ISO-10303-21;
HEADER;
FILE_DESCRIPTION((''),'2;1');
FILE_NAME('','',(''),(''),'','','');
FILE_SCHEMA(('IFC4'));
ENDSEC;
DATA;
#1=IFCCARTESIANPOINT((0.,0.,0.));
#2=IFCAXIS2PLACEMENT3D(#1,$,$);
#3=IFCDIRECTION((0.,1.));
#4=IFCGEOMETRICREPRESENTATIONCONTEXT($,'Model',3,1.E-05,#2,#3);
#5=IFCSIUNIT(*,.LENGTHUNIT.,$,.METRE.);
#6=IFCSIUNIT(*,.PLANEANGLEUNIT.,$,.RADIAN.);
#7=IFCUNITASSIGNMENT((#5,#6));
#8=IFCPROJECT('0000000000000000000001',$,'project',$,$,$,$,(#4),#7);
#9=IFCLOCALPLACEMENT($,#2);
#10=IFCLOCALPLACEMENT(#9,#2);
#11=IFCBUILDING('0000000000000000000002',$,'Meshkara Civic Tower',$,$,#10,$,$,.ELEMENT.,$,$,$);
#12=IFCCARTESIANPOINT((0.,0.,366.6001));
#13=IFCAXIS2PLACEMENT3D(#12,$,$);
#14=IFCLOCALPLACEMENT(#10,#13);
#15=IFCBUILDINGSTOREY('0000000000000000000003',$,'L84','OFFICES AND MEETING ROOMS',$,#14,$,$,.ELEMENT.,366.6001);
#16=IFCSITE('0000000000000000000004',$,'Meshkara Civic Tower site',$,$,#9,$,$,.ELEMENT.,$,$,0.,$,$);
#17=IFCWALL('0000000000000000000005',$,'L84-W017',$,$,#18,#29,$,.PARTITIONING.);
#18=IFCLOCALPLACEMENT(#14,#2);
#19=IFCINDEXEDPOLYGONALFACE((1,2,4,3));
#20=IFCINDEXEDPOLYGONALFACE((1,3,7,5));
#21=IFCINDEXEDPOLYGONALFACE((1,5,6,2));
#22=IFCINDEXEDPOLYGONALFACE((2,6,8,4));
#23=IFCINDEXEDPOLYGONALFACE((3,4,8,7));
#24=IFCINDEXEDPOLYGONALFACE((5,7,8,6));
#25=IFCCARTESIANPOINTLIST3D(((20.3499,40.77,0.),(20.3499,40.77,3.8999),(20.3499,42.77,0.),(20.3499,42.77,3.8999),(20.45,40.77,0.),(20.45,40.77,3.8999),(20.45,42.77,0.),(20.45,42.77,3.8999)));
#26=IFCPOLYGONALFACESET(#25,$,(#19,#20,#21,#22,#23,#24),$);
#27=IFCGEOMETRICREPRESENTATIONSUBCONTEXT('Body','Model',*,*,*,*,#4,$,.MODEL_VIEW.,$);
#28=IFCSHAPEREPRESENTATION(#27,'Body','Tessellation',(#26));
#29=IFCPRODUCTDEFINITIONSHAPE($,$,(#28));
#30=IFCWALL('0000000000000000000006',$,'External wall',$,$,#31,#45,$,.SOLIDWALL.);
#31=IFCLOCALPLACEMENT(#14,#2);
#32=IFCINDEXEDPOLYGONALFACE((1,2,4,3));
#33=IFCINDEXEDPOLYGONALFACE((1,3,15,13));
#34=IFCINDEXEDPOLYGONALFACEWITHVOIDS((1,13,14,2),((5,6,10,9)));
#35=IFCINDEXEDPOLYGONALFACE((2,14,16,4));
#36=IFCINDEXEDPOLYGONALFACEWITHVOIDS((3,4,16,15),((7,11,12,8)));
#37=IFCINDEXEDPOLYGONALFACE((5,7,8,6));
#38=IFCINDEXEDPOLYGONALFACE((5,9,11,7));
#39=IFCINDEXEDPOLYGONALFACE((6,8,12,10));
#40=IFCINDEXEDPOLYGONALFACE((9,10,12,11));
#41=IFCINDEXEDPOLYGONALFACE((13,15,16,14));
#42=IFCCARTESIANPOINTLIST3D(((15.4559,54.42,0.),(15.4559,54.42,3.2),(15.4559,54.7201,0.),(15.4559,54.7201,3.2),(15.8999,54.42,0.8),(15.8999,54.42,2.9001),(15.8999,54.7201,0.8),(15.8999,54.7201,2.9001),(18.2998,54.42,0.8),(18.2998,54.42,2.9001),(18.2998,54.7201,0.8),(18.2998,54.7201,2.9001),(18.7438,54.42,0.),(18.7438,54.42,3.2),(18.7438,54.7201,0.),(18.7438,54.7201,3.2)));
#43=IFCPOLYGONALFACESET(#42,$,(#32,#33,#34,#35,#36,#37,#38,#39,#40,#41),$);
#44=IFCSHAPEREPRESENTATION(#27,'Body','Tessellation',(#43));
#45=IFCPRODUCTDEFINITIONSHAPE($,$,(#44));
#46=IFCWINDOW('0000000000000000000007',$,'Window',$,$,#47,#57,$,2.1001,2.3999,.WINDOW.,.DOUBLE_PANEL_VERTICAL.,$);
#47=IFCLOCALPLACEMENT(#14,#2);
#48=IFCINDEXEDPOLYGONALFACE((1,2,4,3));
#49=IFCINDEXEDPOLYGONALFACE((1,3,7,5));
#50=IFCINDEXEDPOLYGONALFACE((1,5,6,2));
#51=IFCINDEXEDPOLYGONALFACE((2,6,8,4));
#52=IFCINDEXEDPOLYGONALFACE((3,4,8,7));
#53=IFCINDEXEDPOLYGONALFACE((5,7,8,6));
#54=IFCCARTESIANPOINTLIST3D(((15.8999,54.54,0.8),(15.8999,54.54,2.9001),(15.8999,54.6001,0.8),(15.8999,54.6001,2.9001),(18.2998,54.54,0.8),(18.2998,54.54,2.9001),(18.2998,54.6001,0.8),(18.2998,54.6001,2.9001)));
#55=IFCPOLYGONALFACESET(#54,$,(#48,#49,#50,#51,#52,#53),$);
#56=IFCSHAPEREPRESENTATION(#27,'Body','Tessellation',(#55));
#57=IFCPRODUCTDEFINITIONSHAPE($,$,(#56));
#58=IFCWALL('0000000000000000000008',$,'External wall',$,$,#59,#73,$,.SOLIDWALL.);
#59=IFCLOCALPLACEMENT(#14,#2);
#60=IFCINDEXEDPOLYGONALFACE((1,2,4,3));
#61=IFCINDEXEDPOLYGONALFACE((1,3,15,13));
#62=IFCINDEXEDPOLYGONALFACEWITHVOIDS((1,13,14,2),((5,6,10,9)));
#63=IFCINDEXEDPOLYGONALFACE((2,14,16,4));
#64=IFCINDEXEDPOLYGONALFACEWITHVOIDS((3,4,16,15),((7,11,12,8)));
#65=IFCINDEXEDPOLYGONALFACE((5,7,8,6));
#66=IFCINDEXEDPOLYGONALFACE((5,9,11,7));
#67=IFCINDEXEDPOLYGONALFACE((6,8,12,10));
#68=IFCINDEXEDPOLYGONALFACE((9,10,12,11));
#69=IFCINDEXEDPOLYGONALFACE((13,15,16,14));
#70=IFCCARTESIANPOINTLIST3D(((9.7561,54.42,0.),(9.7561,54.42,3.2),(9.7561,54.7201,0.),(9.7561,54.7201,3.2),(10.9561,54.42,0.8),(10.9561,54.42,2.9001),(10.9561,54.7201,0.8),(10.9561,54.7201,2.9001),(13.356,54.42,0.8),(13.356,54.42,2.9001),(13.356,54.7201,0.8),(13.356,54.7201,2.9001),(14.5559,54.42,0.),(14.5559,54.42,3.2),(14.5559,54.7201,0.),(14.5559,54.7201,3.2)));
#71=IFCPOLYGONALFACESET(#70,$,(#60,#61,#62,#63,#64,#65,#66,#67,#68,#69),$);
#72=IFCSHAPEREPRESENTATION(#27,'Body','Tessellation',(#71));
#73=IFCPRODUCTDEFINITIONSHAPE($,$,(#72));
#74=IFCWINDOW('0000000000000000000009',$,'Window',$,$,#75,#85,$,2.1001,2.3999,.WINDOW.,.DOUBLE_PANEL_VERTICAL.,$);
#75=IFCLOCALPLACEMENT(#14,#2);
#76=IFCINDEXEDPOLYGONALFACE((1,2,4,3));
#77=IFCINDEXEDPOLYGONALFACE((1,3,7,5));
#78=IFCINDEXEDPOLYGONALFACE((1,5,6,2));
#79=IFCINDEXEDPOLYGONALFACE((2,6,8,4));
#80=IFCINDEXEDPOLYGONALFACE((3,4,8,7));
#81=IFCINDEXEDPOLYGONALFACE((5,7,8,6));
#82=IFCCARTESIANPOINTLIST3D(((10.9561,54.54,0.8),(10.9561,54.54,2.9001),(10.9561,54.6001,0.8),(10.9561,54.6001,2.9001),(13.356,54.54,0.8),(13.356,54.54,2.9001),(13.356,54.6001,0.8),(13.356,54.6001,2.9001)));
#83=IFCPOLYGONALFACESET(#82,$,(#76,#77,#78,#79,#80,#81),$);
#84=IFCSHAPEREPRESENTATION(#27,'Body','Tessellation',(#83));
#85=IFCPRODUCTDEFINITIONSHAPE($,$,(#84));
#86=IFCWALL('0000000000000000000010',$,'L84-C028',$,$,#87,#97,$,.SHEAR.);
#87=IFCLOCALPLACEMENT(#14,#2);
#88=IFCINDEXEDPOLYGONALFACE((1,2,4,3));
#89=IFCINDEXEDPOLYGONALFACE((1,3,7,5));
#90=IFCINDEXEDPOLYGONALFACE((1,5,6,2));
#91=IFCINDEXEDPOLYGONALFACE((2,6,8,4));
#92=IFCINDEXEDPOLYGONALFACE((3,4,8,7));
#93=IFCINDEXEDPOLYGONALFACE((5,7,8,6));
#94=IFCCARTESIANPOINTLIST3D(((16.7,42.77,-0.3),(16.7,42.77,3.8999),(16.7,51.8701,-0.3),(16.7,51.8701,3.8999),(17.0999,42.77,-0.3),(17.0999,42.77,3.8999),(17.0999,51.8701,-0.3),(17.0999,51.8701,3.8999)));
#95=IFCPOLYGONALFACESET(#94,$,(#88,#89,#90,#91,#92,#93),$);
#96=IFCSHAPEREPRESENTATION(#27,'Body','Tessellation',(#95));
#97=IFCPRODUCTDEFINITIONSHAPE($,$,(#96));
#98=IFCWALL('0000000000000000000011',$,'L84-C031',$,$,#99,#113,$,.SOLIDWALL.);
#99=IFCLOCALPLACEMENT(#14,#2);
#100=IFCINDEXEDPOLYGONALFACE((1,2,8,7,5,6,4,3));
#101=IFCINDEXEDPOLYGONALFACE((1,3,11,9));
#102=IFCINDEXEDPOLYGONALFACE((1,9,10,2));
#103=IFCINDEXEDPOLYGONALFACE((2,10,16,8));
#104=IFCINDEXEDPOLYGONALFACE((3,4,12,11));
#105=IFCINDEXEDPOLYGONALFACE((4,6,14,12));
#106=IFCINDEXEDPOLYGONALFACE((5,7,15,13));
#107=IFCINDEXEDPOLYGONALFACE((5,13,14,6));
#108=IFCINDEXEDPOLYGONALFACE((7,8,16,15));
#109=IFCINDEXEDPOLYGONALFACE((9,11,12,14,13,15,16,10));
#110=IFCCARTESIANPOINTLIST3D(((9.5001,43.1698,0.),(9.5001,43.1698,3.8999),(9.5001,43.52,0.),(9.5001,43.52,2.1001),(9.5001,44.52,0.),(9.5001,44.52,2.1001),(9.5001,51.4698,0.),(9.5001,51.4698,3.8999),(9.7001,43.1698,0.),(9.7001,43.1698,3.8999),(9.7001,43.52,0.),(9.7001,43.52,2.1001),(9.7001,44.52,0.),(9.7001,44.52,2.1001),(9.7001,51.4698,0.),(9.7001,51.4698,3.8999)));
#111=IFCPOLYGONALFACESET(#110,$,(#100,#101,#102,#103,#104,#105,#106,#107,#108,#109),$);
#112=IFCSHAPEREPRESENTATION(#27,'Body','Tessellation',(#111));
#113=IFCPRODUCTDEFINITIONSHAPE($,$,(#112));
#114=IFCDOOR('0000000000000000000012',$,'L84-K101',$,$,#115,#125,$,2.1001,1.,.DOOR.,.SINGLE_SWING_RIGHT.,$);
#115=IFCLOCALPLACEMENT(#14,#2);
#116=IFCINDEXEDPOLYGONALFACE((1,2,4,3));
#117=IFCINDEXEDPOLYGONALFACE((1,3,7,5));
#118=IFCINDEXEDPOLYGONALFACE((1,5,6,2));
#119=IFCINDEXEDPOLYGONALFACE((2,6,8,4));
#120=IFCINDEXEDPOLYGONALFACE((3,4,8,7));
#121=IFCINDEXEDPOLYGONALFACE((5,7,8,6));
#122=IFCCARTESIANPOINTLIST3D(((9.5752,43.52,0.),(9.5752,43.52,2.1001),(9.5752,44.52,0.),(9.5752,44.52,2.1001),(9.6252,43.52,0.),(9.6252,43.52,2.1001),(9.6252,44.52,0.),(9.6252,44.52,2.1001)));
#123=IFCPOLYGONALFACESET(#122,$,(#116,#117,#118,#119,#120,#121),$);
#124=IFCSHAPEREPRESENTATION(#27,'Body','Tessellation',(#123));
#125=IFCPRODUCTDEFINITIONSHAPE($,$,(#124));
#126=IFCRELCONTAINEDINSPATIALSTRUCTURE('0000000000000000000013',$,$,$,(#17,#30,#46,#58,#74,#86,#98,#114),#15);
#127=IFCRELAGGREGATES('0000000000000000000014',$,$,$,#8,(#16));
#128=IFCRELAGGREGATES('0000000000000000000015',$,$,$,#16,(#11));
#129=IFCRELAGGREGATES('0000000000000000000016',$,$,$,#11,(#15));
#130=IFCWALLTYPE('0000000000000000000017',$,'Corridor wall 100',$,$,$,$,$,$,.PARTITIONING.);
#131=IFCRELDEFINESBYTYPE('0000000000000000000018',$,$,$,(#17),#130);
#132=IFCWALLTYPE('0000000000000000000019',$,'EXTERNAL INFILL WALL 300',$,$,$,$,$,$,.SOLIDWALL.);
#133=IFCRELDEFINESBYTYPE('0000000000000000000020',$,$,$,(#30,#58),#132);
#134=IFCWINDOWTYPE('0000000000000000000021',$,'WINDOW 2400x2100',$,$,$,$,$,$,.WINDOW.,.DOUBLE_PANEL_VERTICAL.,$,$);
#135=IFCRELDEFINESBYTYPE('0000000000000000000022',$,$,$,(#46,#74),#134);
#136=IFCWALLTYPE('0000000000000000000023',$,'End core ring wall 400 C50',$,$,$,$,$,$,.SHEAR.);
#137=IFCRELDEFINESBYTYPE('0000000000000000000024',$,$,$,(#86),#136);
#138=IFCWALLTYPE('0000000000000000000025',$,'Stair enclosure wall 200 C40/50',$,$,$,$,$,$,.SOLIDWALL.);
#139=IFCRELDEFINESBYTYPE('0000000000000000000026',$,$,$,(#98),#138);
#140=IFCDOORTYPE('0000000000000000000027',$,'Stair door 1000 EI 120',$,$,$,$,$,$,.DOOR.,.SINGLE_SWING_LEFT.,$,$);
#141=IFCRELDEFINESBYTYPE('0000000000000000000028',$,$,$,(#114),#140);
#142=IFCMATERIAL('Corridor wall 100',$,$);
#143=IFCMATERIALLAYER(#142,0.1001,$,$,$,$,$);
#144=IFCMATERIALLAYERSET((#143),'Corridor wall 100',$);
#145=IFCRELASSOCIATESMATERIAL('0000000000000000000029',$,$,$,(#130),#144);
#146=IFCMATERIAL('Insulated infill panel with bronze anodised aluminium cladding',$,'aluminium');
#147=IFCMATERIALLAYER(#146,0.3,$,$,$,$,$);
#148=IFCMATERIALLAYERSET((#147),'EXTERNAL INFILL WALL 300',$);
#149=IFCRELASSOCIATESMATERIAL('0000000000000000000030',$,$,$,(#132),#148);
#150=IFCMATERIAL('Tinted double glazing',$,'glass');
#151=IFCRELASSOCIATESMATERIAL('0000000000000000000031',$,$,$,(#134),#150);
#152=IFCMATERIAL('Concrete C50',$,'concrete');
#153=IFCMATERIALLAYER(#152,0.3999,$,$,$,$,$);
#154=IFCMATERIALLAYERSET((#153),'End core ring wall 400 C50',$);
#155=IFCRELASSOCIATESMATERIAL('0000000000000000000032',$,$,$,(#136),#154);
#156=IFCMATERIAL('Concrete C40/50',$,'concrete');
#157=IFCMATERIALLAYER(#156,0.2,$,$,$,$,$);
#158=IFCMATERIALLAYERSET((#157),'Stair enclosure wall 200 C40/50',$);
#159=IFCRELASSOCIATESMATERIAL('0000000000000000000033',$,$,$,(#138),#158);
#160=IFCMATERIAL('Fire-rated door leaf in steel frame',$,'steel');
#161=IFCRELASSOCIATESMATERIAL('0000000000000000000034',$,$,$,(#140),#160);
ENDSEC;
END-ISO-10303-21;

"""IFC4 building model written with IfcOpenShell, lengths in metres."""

from ifc_helpers import new_model, si_unit, direction, frame, frame_2d, origin, place, context, subcontext, project, spatial, rectangle, extrude, material, layer, layer_set, type_object, element, fill, save


model = new_model("IFC4")

# Units and contexts
model_context = context("Model", 3, precision=1e-05, world=origin(), true_north=direction((0.0, 1.0)))
body_context = subcontext(model_context, "Body", "Model", "MODEL_VIEW")
ifc_project = project(units=[si_unit("LENGTHUNIT", "METRE"), si_unit("PLANEANGLEUNIT", "RADIAN")], contexts=[model_context])

# Site, building, storey
site_placement = place(None, origin())
site = spatial("IfcSite", under=ifc_project, at=site_placement, Name="Meshkara Civic Tower site", CompositionType="ELEMENT", RefElevation=0.0)
building_placement = place(site_placement, origin())
building = spatial("IfcBuilding", under=site, at=building_placement, Name="Meshkara Civic Tower", CompositionType="ELEMENT")
storey_placement = place(building_placement, frame((0.0, 0.0, 366.6001)))
storey = spatial("IfcBuildingStorey", under=building, at=storey_placement, Name="L84", Description="OFFICES AND MEETING ROOMS", CompositionType="ELEMENT", Elevation=366.6001)

# Shared definitions
ifc_material_1 = material(Name="Corridor wall 100")
ifc_layer_1 = layer(ifc_material_1, 0.1001)
ifc_layer_set_1 = layer_set([ifc_layer_1], Name="Corridor wall 100")
wall_type_1 = type_object("IfcWallType", Name="Corridor wall 100", PredefinedType="PARTITIONING", material=ifc_layer_set_1)

# Wall
wall_1_placement = place(storey_placement, frame((20.3999, 40.77, 0.0), z_axis=(0.0, 0.0, 1.0), x_axis=(0.0, 1.0, 0.0)))
element("IfcWall", 1, at=wall_1_placement, inside=storey, type_object=wall_type_1, Name="L84-W017", PredefinedType="PARTITIONING", context=body_context, shape_type="SweptSolid", body=[
    extrude(rectangle(XDim=2.0, YDim=0.1001, at=frame_2d((1.0, 0.0))), origin(), (0.0, 0.0, 1.0), 3.8999),
])

# Walls, openings, windows
ifc_material_2 = material(Name="Insulated infill panel with bronze anodised aluminium cladding", Category="aluminium")
ifc_layer_2 = layer(ifc_material_2, 0.3)
ifc_layer_set_2 = layer_set([ifc_layer_2], Name="EXTERNAL INFILL WALL 300")
wall_type_2 = type_object("IfcWallType", Name="EXTERNAL INFILL WALL 300", PredefinedType="SOLIDWALL", material=ifc_layer_set_2)
wall_2_placement = place(storey_placement, frame((18.7439, 54.5701, 0.0), z_axis=(0.0, 0.0, 1.0), x_axis=(-1.0, 0.0, 0.0)))
wall_2 = element("IfcWall", 2, at=wall_2_placement, inside=storey, type_object=wall_type_2, Name="External wall", PredefinedType="SOLIDWALL", context=body_context, shape_type="SweptSolid", body=[
    extrude(rectangle(XDim=3.2878, YDim=0.3, at=frame_2d((1.644, 0.0))), origin(), (0.0, 0.0, 1.0), 3.2),
])
opening_1_placement = place(wall_2_placement, frame((0.4441, 0.0, 0.8)))
opening_1 = element("IfcOpeningElement", 3, at=opening_1_placement, cuts=wall_2, PredefinedType="OPENING", context=body_context, shape_type="SweptSolid", body=[
    extrude(rectangle(XDim=2.3999, YDim=2.1001, at=frame_2d((1.2, 1.05))), frame((0.0, 0.1599, 0.0), z_axis=(0.0, -1.0, 0.0), x_axis=(1.0, 0.0, 0.0)), (0.0, 0.0, 1.0), 0.3201),
])
ifc_material_3 = material(Name="Tinted double glazing", Category="glass")
window_type = type_object("IfcWindowType", Name="WINDOW 2400x2100", PartitioningType="DOUBLE_PANEL_VERTICAL", PredefinedType="WINDOW", material=ifc_material_3)
window_1_placement = place(opening_1_placement, origin())
window_1 = element("IfcWindow", 4, at=window_1_placement, inside=storey, type_object=window_type, Name="Window", OverallHeight=2.1001, OverallWidth=2.3999, PartitioningType="DOUBLE_PANEL_VERTICAL", PredefinedType="WINDOW", context=body_context, shape_type="SweptSolid", body=[
    extrude(rectangle(XDim=2.3999, YDim=2.1001, at=frame_2d((1.2, 1.05))), frame((0.0, 0.03, 0.0), z_axis=(0.0, -1.0, 0.0), x_axis=(1.0, 0.0, 0.0)), (0.0, 0.0, 1.0), 0.0601),
])
fill(opening_1, window_1)
wall_3_placement = place(storey_placement, frame((14.5559, 54.5701, 0.0), z_axis=(0.0, 0.0, 1.0), x_axis=(-1.0, 0.0, 0.0)))
wall_3 = element("IfcWall", 5, at=wall_3_placement, inside=storey, type_object=wall_type_2, Name="External wall", PredefinedType="SOLIDWALL", context=body_context, shape_type="SweptSolid", body=[
    extrude(rectangle(XDim=4.7998, YDim=0.3, at=frame_2d((2.3999, 0.0))), origin(), (0.0, 0.0, 1.0), 3.2),
])
opening_2_placement = place(wall_3_placement, frame((1.2, 0.0, 0.8)))
opening_2 = element("IfcOpeningElement", 6, at=opening_2_placement, cuts=wall_3, PredefinedType="OPENING", context=body_context, shape_type="SweptSolid", body=[
    extrude(rectangle(XDim=2.3999, YDim=2.1001, at=frame_2d((1.2, 1.05))), frame((0.0, 0.1599, 0.0), z_axis=(0.0, -1.0, 0.0), x_axis=(1.0, 0.0, 0.0)), (0.0, 0.0, 1.0), 0.3201),
])
window_2_placement = place(opening_2_placement, origin())
window_2 = element("IfcWindow", 7, at=window_2_placement, inside=storey, type_object=window_type, Name="Window", OverallHeight=2.1001, OverallWidth=2.3999, PartitioningType="DOUBLE_PANEL_VERTICAL", PredefinedType="WINDOW", context=body_context, shape_type="SweptSolid", body=[
    extrude(rectangle(XDim=2.3999, YDim=2.1001, at=frame_2d((1.2, 1.05))), frame((0.0, 0.03, 0.0), z_axis=(0.0, -1.0, 0.0), x_axis=(1.0, 0.0, 0.0)), (0.0, 0.0, 1.0), 0.0601),
])
fill(opening_2, window_2)

# Wall
ifc_material_4 = material(Name="Concrete C50", Category="concrete")
ifc_layer_3 = layer(ifc_material_4, 0.3999)
ifc_layer_set_3 = layer_set([ifc_layer_3], Name="End core ring wall 400 C50")
wall_type_3 = type_object("IfcWallType", Name="End core ring wall 400 C50", PredefinedType="SHEAR", material=ifc_layer_set_3)
wall_4_placement = place(storey_placement, frame((16.8999, 42.77, -0.3), z_axis=(0.0, 0.0, 1.0), x_axis=(0.0, 1.0, 0.0)))
element("IfcWall", 8, at=wall_4_placement, inside=storey, type_object=wall_type_3, Name="L84-C028", PredefinedType="SHEAR", context=body_context, shape_type="SweptSolid", body=[
    extrude(rectangle(XDim=9.1001, YDim=0.3999, at=frame_2d((4.55, 0.0))), origin(), (0.0, 0.0, 1.0), 4.2),
])

# Wall, opening, door
ifc_material_5 = material(Name="Concrete C40/50", Category="concrete")
ifc_layer_4 = layer(ifc_material_5, 0.2)
ifc_layer_set_4 = layer_set([ifc_layer_4], Name="Stair enclosure wall 200 C40/50")
wall_type_4 = type_object("IfcWallType", Name="Stair enclosure wall 200 C40/50", PredefinedType="SOLIDWALL", material=ifc_layer_set_4)
wall_5_placement = place(storey_placement, frame((9.6001, 43.1699, 0.0), z_axis=(0.0, 0.0, 1.0), x_axis=(0.0, 1.0, 0.0)))
wall_5 = element("IfcWall", 9, at=wall_5_placement, inside=storey, type_object=wall_type_4, Name="L84-C031", PredefinedType="SOLIDWALL", context=body_context, shape_type="SweptSolid", body=[
    extrude(rectangle(XDim=8.3, YDim=0.2, at=frame_2d((4.1499, 0.0))), origin(), (0.0, 0.0, 1.0), 3.8999),
])
opening_3_placement = place(wall_5_placement, frame((0.3501, 0.0, 0.0)))
opening_3 = element("IfcOpeningElement", 10, at=opening_3_placement, cuts=wall_5, PredefinedType="OPENING", context=body_context, shape_type="SweptSolid", body=[
    extrude(rectangle(XDim=1.0, YDim=2.1001, at=frame_2d((0.5, 1.05))), frame((0.0, 0.1099, 0.0), z_axis=(0.0, -1.0, 0.0), x_axis=(1.0, 0.0, 0.0)), (0.0, 0.0, 1.0), 0.22),
])
ifc_material_6 = material(Name="Fire-rated door leaf in steel frame", Category="steel")
door_type_1 = type_object("IfcDoorType", Name="Stair door 1000 EI 120", OperationType="SINGLE_SWING_LEFT", PredefinedType="DOOR", material=ifc_material_6)
door_1_placement = place(opening_3_placement, origin())
door_1 = element("IfcDoor", 11, at=door_1_placement, inside=storey, type_object=door_type_1, Name="L84-K101", OperationType="SINGLE_SWING_RIGHT", OverallHeight=2.1001, OverallWidth=1.0, PredefinedType="DOOR", context=body_context, shape_type="SweptSolid", body=[
    extrude(rectangle(XDim=1.0, YDim=2.1001, at=frame_2d((0.5, 1.05))), frame((0.0, 0.0249, 0.0), z_axis=(0.0, -1.0, 0.0), x_axis=(1.0, 0.0, 0.0)), (0.0, 0.0, 1.0), 0.05),
])
fill(opening_3, door_1)

save(model, "model.ifc")
